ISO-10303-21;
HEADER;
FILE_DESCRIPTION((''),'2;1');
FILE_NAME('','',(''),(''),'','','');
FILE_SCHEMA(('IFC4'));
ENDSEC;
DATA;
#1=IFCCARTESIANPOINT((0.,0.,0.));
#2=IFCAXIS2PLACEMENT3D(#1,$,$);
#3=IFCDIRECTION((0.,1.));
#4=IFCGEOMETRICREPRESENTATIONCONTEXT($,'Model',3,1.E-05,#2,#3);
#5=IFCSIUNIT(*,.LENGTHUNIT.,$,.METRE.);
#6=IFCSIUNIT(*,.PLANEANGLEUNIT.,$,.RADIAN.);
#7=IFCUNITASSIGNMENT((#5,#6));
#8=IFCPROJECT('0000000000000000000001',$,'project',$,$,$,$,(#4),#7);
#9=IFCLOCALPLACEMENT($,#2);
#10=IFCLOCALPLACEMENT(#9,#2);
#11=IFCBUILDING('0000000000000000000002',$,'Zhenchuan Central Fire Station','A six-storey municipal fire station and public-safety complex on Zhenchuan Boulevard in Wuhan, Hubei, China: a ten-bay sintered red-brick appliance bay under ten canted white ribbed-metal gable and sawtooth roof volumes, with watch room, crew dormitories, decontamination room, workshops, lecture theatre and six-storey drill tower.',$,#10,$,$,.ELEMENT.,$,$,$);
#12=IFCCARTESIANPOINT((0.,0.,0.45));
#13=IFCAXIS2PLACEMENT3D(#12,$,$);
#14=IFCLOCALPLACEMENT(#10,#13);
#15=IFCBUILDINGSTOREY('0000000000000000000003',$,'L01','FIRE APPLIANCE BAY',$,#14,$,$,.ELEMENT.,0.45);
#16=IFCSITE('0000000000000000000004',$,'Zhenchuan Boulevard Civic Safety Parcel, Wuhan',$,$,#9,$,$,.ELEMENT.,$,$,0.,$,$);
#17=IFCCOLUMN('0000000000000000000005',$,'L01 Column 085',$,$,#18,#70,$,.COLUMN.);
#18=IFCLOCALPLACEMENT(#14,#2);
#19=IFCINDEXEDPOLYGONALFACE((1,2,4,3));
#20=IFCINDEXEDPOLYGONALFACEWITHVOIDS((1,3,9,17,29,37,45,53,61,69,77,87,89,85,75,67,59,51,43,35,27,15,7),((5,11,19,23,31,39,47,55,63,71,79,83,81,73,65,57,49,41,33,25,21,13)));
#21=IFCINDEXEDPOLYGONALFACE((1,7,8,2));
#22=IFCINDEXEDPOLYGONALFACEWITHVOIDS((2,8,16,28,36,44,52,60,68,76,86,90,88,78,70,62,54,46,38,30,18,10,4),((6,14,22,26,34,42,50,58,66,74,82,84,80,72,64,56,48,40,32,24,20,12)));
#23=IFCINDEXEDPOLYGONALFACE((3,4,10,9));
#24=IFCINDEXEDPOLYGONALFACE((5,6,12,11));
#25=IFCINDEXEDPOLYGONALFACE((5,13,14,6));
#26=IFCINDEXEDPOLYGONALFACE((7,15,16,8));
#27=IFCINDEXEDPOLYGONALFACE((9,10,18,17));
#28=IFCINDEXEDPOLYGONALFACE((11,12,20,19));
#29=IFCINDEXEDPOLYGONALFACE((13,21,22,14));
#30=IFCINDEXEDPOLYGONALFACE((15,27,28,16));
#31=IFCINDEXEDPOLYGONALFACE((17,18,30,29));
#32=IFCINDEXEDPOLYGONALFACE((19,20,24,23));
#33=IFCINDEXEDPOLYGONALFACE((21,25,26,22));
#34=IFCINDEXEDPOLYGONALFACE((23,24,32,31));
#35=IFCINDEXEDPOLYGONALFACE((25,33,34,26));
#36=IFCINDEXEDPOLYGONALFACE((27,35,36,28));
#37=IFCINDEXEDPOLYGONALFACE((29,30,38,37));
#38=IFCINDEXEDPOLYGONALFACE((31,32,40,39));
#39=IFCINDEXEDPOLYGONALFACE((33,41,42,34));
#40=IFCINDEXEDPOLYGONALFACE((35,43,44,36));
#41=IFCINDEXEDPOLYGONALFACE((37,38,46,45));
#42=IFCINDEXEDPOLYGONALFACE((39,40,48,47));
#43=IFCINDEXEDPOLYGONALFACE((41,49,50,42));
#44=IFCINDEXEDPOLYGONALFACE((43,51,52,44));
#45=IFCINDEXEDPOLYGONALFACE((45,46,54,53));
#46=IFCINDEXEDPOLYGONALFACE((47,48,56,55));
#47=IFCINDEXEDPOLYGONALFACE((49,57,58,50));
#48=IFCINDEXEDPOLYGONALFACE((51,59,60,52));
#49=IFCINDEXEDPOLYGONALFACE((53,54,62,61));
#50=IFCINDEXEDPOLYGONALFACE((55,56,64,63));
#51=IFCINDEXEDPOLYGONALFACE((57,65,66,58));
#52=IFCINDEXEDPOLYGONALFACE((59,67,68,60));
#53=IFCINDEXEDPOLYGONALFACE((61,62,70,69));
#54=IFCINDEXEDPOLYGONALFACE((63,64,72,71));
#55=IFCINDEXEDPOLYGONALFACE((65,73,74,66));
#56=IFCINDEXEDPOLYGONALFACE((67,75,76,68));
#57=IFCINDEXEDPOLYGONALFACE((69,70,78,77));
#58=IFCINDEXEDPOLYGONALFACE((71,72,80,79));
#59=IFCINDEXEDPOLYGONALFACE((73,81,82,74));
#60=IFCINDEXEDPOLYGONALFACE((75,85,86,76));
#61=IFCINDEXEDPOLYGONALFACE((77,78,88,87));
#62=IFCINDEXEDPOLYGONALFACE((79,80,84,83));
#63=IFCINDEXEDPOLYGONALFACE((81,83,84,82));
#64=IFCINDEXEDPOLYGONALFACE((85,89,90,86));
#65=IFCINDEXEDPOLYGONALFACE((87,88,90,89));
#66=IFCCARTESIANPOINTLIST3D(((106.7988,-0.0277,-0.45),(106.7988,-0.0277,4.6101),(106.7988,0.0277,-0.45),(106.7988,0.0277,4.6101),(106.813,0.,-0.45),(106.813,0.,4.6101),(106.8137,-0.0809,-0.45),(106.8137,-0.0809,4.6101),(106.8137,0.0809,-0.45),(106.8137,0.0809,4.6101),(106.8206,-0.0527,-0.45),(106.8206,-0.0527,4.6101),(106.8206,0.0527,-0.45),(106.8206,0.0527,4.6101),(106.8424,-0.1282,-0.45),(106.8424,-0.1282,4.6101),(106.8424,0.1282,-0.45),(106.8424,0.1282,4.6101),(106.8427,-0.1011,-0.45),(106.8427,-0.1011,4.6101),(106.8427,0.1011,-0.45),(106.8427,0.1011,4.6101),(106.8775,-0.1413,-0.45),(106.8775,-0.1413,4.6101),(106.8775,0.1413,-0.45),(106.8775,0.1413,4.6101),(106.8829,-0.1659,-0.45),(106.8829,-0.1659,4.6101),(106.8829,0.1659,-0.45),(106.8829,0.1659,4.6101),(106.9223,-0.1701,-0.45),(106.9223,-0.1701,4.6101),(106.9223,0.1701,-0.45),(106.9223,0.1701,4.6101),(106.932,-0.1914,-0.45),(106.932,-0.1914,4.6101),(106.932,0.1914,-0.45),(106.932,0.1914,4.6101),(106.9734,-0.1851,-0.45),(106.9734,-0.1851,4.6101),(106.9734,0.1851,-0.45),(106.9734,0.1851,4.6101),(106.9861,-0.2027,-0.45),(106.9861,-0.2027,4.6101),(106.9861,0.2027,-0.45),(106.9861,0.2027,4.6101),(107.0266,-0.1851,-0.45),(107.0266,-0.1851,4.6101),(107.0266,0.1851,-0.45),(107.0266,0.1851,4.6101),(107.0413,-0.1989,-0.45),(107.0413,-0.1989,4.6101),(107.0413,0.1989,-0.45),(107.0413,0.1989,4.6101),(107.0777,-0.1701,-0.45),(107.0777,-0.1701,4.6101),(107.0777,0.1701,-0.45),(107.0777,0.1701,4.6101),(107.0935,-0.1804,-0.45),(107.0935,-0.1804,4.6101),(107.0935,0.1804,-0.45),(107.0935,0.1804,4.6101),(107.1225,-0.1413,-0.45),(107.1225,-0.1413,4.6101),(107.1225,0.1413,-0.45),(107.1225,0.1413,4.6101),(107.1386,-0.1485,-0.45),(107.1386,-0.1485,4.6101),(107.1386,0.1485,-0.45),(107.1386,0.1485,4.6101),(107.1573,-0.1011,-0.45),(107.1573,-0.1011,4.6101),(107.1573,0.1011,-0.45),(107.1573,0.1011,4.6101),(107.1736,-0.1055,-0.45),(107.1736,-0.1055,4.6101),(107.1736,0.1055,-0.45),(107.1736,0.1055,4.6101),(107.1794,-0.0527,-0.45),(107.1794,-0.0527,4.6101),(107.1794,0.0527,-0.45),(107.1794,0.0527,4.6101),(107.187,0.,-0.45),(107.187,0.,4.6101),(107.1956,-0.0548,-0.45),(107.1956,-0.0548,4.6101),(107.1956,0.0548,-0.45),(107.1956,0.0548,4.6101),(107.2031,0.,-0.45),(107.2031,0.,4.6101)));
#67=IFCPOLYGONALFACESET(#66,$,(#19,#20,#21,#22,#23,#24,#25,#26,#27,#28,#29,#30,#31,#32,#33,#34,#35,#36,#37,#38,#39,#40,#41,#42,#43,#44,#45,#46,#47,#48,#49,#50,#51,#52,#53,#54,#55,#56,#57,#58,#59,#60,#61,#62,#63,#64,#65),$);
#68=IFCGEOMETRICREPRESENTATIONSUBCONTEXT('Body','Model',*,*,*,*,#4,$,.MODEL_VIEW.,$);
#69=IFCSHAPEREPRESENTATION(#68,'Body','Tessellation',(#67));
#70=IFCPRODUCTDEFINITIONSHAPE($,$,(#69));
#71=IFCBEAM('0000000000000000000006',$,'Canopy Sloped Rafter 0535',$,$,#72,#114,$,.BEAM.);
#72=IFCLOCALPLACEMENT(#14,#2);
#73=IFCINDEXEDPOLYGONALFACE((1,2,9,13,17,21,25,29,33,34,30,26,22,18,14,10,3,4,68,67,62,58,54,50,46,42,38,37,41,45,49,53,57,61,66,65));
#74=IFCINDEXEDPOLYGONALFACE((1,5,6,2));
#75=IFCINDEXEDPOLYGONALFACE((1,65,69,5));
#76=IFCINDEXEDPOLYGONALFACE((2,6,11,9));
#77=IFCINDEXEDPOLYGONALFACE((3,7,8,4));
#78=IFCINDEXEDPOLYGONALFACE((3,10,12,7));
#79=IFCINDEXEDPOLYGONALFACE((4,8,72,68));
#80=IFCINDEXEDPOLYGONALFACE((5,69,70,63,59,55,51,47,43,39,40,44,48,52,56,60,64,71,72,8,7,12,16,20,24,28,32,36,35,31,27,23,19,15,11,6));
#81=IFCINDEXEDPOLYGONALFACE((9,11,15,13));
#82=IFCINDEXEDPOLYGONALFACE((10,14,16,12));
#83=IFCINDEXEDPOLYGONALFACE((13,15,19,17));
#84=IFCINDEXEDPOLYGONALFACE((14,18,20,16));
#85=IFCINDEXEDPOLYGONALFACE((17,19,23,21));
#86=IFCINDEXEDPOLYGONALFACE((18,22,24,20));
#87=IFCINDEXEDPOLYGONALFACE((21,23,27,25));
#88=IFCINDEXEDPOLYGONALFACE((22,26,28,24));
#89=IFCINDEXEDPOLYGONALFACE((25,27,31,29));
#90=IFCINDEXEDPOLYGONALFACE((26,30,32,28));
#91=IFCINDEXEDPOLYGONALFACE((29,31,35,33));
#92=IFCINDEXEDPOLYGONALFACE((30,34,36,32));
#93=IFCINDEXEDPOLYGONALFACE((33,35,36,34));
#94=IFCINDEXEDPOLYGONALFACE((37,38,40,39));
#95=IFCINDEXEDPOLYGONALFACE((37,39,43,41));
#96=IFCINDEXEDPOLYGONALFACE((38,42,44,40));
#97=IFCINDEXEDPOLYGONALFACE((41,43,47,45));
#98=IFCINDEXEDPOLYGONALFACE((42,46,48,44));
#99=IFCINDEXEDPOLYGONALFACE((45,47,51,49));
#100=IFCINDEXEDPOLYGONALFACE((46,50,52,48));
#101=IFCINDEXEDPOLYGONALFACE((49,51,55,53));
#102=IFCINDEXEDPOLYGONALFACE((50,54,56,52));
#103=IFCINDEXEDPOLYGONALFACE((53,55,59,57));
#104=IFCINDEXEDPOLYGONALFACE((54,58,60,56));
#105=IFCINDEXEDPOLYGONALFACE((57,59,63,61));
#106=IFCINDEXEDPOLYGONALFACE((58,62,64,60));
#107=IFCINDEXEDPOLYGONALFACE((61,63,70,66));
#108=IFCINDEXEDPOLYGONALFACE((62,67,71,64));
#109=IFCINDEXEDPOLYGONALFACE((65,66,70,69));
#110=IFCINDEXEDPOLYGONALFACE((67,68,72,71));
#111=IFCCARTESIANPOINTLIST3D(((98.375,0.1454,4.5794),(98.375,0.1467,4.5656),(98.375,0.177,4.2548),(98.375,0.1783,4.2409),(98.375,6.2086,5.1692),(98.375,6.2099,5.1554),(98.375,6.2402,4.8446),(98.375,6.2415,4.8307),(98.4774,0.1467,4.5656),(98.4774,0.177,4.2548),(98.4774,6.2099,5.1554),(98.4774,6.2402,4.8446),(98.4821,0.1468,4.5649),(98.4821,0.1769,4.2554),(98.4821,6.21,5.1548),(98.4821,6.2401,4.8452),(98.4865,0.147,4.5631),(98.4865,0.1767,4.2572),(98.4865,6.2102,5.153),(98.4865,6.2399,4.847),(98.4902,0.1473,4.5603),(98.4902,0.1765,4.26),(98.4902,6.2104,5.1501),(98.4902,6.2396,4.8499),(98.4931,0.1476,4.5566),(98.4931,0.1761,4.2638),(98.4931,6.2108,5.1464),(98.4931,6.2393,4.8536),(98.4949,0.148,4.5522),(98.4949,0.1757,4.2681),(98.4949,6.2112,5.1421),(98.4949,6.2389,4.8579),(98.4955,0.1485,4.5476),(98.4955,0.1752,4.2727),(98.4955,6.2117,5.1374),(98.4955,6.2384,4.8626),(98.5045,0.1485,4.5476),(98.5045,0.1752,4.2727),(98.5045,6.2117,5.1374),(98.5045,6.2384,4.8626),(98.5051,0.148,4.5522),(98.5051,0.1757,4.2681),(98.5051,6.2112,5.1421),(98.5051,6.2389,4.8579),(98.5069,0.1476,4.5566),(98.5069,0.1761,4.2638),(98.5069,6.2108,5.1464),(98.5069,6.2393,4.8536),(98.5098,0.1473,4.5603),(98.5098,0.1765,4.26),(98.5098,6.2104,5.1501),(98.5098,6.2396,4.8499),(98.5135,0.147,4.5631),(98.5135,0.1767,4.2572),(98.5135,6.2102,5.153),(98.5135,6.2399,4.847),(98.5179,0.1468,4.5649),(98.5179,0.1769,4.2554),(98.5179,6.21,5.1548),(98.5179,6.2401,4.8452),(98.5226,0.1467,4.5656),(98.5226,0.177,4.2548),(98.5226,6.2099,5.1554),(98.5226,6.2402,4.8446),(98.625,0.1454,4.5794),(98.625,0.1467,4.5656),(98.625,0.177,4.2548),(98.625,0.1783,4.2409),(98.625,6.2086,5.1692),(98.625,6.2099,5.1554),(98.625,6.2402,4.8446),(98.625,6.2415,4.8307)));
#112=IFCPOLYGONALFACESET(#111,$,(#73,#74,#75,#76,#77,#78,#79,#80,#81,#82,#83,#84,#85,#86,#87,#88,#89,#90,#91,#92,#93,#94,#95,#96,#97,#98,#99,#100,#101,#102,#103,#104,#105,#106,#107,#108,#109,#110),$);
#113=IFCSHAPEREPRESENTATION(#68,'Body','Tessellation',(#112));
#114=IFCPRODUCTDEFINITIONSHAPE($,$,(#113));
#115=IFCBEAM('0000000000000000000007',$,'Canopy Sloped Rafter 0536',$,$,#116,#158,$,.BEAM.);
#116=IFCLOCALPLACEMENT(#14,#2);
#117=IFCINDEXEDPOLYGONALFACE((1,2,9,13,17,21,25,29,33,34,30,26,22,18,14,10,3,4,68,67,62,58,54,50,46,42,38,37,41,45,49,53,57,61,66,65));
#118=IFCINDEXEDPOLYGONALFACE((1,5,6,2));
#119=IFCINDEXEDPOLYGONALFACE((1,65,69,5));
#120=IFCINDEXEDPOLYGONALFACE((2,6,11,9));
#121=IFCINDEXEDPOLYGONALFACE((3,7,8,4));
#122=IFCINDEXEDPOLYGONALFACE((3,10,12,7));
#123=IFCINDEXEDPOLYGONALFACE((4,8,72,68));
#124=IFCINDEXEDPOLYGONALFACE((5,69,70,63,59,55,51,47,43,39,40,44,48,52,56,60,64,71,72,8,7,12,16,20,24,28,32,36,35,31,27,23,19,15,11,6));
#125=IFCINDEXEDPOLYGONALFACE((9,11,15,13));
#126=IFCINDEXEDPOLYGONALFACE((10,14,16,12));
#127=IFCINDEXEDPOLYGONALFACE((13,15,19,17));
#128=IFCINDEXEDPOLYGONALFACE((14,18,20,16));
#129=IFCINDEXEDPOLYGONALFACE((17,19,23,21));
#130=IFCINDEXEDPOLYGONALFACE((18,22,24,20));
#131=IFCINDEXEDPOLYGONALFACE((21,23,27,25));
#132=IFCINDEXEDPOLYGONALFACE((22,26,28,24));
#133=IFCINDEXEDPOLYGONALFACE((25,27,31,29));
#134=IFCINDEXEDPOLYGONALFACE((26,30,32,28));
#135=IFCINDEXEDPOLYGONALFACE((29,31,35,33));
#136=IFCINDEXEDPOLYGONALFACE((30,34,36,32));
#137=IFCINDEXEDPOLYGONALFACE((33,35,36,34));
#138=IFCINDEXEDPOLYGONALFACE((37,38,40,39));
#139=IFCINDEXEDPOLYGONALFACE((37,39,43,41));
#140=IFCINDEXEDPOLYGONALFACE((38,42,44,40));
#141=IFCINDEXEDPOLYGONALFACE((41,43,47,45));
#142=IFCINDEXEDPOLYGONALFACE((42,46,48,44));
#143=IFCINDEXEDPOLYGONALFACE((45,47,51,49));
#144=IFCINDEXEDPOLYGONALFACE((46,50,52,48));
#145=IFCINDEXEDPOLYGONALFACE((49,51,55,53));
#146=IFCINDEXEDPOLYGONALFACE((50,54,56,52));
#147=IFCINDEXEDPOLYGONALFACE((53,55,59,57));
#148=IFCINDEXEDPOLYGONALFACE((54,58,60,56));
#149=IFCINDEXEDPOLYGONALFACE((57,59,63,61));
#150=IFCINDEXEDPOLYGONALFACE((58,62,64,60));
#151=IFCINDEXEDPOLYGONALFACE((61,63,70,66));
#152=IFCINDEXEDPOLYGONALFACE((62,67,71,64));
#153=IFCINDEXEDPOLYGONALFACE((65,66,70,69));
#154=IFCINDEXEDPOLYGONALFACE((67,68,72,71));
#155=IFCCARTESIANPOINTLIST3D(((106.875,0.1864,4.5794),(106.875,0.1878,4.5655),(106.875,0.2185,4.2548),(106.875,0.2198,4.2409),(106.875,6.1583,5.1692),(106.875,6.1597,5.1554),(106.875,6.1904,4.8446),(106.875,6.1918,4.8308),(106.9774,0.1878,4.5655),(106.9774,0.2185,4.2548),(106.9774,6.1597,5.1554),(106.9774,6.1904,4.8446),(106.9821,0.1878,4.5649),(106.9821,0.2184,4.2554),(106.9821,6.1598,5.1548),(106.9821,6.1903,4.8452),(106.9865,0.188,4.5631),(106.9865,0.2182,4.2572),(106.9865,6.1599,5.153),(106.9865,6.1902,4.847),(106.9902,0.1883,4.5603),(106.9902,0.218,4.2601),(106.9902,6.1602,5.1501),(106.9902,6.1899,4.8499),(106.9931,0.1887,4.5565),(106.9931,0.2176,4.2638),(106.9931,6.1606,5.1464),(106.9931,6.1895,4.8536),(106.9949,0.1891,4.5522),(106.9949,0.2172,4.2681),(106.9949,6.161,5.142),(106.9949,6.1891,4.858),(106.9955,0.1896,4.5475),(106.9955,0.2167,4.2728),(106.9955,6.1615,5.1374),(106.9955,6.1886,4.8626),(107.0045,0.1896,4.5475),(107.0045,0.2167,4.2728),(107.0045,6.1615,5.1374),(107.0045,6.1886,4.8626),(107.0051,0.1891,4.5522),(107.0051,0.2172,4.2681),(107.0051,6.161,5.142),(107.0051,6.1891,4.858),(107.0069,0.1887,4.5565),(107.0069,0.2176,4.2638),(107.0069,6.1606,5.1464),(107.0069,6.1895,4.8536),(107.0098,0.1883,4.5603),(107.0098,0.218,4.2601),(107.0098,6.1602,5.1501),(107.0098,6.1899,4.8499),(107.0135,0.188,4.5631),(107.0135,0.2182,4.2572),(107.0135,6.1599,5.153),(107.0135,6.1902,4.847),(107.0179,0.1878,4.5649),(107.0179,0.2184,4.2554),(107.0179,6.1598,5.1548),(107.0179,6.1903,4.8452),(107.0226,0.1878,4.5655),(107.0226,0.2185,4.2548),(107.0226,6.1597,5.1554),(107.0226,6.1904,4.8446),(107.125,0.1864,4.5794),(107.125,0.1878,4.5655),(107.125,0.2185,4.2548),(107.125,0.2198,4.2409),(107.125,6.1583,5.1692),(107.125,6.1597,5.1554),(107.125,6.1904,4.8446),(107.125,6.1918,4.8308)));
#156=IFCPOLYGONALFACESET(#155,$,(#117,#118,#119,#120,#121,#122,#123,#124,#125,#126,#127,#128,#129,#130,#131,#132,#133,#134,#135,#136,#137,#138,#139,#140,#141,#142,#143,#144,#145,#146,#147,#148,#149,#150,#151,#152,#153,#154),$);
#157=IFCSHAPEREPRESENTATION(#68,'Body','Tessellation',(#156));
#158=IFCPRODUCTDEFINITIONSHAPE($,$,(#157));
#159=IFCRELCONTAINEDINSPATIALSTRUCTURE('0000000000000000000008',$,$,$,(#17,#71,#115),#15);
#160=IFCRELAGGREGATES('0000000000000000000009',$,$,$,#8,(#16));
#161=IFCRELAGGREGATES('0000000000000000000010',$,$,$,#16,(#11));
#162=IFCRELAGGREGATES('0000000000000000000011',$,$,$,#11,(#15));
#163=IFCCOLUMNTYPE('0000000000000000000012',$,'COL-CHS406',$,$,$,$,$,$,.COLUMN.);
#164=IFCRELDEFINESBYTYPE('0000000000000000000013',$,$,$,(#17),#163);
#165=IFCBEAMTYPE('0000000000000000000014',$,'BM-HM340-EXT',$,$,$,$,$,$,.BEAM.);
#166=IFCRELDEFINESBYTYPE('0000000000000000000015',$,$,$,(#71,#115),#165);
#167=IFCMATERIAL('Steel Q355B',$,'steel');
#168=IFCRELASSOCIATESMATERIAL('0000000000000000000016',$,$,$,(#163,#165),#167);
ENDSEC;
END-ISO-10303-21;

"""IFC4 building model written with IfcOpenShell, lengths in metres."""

from ifc_helpers import new_model, si_unit, direction, frame, origin, origin_2d, place, context, subcontext, project, spatial, hollow_circle, i_section, extrude, material, material_profile, profile_set, type_object, element, save


model = new_model("IFC4")

# Units and contexts
model_context = context("Model", 3, precision=1e-05, world=origin(), true_north=direction((0.0, 1.0)))
body_context = subcontext(model_context, "Body", "Model", "MODEL_VIEW")
ifc_project = project(units=[si_unit("LENGTHUNIT", "METRE"), si_unit("PLANEANGLEUNIT", "RADIAN")], contexts=[model_context])

# Site, building, storey
site_placement = place(None, origin())
site = spatial("IfcSite", under=ifc_project, at=site_placement, Name="Zhenchuan Boulevard Civic Safety Parcel, Wuhan", CompositionType="ELEMENT", RefElevation=0.0)
building_placement = place(site_placement, origin())
building = spatial("IfcBuilding", under=site, at=building_placement, Name="Zhenchuan Central Fire Station", Description="A six-storey municipal fire station and public-safety complex on Zhenchuan Boulevard in Wuhan, Hubei, China: a ten-bay sintered red-brick appliance bay under ten canted white ribbed-metal gable and sawtooth roof volumes, with watch room, crew dormitories, decontamination room, workshops, lecture theatre and six-storey drill tower.", CompositionType="ELEMENT")
storey_placement = place(building_placement, frame((0.0, 0.0, 0.45)))
storey = spatial("IfcBuildingStorey", under=building, at=storey_placement, Name="L01", Description="FIRE APPLIANCE BAY", CompositionType="ELEMENT", Elevation=0.45)

# Column
ifc_material_1 = material(Name="Steel Q355B", Category="steel")
ifc_material_profile_1 = material_profile(ifc_material_1, hollow_circle(Radius=0.2031, WallThickness=0.0161, at=origin_2d()), Name="CHS 406.4x16")
ifc_profile_set_1 = profile_set([ifc_material_profile_1], Name="Steel Q355B")
column_type_1 = type_object("IfcColumnType", Name="COL-CHS406", PredefinedType="COLUMN", material=ifc_profile_set_1)
column_1_placement = place(storey_placement, frame((107.0, 0.0, -0.45), z_axis=(0.0, 0.0, 1.0), x_axis=(1.0, 0.0, 0.0)))
element("IfcColumn", 1, at=column_1_placement, inside=storey, type_object=column_type_1, Name="L01 Column 085", PredefinedType="COLUMN", context=body_context, shape_type="SweptSolid", body=[
    extrude(hollow_circle(Radius=0.2031, WallThickness=0.0161, at=origin_2d()), origin(), (0.0, 0.0, 1.0), 5.0601),
])

# Beams
ifc_material_profile_2 = material_profile(ifc_material_1, i_section(OverallWidth=0.25, OverallDepth=0.3401, WebThickness=0.009, FlangeThickness=0.0139, FilletRadius=0.0181, at=origin_2d()), Name="HM 340x250")
ifc_profile_set_2 = profile_set([ifc_material_profile_2], Name="Steel Q355B")
beam_type_1 = type_object("IfcBeamType", Name="BM-HM340-EXT", PredefinedType="BEAM", material=ifc_profile_set_2)
beam_1_placement = place(storey_placement, frame((98.5, 0.1619, 4.4102), z_axis=(0.0, 0.995301, 0.096825), x_axis=(-1.0, 0.0, 0.0)))
element("IfcBeam", 2, at=beam_1_placement, inside=storey, type_object=beam_type_1, Name="Canopy Sloped Rafter 0535", PredefinedType="BEAM", context=body_context, shape_type="SweptSolid", body=[
    extrude(i_section(OverallWidth=0.25, OverallDepth=0.3401, WebThickness=0.009, FlangeThickness=0.0139, FilletRadius=0.0181, at=origin_2d()), origin(), (0.0, 0.0, 1.0), 6.0918),
])
beam_2_placement = place(storey_placement, frame((107.0, 0.2031, 4.4102), z_axis=(0.0, 0.995158, 0.098291), x_axis=(-1.0, 0.0, 0.0)))
element("IfcBeam", 3, at=beam_2_placement, inside=storey, type_object=beam_type_1, Name="Canopy Sloped Rafter 0536", PredefinedType="BEAM", context=body_context, shape_type="SweptSolid", body=[
    extrude(i_section(OverallWidth=0.25, OverallDepth=0.3401, WebThickness=0.009, FlangeThickness=0.0139, FilletRadius=0.0181, at=origin_2d()), origin(), (0.0, 0.0, 1.0), 6.001),
])

save(model, "model.ifc")
